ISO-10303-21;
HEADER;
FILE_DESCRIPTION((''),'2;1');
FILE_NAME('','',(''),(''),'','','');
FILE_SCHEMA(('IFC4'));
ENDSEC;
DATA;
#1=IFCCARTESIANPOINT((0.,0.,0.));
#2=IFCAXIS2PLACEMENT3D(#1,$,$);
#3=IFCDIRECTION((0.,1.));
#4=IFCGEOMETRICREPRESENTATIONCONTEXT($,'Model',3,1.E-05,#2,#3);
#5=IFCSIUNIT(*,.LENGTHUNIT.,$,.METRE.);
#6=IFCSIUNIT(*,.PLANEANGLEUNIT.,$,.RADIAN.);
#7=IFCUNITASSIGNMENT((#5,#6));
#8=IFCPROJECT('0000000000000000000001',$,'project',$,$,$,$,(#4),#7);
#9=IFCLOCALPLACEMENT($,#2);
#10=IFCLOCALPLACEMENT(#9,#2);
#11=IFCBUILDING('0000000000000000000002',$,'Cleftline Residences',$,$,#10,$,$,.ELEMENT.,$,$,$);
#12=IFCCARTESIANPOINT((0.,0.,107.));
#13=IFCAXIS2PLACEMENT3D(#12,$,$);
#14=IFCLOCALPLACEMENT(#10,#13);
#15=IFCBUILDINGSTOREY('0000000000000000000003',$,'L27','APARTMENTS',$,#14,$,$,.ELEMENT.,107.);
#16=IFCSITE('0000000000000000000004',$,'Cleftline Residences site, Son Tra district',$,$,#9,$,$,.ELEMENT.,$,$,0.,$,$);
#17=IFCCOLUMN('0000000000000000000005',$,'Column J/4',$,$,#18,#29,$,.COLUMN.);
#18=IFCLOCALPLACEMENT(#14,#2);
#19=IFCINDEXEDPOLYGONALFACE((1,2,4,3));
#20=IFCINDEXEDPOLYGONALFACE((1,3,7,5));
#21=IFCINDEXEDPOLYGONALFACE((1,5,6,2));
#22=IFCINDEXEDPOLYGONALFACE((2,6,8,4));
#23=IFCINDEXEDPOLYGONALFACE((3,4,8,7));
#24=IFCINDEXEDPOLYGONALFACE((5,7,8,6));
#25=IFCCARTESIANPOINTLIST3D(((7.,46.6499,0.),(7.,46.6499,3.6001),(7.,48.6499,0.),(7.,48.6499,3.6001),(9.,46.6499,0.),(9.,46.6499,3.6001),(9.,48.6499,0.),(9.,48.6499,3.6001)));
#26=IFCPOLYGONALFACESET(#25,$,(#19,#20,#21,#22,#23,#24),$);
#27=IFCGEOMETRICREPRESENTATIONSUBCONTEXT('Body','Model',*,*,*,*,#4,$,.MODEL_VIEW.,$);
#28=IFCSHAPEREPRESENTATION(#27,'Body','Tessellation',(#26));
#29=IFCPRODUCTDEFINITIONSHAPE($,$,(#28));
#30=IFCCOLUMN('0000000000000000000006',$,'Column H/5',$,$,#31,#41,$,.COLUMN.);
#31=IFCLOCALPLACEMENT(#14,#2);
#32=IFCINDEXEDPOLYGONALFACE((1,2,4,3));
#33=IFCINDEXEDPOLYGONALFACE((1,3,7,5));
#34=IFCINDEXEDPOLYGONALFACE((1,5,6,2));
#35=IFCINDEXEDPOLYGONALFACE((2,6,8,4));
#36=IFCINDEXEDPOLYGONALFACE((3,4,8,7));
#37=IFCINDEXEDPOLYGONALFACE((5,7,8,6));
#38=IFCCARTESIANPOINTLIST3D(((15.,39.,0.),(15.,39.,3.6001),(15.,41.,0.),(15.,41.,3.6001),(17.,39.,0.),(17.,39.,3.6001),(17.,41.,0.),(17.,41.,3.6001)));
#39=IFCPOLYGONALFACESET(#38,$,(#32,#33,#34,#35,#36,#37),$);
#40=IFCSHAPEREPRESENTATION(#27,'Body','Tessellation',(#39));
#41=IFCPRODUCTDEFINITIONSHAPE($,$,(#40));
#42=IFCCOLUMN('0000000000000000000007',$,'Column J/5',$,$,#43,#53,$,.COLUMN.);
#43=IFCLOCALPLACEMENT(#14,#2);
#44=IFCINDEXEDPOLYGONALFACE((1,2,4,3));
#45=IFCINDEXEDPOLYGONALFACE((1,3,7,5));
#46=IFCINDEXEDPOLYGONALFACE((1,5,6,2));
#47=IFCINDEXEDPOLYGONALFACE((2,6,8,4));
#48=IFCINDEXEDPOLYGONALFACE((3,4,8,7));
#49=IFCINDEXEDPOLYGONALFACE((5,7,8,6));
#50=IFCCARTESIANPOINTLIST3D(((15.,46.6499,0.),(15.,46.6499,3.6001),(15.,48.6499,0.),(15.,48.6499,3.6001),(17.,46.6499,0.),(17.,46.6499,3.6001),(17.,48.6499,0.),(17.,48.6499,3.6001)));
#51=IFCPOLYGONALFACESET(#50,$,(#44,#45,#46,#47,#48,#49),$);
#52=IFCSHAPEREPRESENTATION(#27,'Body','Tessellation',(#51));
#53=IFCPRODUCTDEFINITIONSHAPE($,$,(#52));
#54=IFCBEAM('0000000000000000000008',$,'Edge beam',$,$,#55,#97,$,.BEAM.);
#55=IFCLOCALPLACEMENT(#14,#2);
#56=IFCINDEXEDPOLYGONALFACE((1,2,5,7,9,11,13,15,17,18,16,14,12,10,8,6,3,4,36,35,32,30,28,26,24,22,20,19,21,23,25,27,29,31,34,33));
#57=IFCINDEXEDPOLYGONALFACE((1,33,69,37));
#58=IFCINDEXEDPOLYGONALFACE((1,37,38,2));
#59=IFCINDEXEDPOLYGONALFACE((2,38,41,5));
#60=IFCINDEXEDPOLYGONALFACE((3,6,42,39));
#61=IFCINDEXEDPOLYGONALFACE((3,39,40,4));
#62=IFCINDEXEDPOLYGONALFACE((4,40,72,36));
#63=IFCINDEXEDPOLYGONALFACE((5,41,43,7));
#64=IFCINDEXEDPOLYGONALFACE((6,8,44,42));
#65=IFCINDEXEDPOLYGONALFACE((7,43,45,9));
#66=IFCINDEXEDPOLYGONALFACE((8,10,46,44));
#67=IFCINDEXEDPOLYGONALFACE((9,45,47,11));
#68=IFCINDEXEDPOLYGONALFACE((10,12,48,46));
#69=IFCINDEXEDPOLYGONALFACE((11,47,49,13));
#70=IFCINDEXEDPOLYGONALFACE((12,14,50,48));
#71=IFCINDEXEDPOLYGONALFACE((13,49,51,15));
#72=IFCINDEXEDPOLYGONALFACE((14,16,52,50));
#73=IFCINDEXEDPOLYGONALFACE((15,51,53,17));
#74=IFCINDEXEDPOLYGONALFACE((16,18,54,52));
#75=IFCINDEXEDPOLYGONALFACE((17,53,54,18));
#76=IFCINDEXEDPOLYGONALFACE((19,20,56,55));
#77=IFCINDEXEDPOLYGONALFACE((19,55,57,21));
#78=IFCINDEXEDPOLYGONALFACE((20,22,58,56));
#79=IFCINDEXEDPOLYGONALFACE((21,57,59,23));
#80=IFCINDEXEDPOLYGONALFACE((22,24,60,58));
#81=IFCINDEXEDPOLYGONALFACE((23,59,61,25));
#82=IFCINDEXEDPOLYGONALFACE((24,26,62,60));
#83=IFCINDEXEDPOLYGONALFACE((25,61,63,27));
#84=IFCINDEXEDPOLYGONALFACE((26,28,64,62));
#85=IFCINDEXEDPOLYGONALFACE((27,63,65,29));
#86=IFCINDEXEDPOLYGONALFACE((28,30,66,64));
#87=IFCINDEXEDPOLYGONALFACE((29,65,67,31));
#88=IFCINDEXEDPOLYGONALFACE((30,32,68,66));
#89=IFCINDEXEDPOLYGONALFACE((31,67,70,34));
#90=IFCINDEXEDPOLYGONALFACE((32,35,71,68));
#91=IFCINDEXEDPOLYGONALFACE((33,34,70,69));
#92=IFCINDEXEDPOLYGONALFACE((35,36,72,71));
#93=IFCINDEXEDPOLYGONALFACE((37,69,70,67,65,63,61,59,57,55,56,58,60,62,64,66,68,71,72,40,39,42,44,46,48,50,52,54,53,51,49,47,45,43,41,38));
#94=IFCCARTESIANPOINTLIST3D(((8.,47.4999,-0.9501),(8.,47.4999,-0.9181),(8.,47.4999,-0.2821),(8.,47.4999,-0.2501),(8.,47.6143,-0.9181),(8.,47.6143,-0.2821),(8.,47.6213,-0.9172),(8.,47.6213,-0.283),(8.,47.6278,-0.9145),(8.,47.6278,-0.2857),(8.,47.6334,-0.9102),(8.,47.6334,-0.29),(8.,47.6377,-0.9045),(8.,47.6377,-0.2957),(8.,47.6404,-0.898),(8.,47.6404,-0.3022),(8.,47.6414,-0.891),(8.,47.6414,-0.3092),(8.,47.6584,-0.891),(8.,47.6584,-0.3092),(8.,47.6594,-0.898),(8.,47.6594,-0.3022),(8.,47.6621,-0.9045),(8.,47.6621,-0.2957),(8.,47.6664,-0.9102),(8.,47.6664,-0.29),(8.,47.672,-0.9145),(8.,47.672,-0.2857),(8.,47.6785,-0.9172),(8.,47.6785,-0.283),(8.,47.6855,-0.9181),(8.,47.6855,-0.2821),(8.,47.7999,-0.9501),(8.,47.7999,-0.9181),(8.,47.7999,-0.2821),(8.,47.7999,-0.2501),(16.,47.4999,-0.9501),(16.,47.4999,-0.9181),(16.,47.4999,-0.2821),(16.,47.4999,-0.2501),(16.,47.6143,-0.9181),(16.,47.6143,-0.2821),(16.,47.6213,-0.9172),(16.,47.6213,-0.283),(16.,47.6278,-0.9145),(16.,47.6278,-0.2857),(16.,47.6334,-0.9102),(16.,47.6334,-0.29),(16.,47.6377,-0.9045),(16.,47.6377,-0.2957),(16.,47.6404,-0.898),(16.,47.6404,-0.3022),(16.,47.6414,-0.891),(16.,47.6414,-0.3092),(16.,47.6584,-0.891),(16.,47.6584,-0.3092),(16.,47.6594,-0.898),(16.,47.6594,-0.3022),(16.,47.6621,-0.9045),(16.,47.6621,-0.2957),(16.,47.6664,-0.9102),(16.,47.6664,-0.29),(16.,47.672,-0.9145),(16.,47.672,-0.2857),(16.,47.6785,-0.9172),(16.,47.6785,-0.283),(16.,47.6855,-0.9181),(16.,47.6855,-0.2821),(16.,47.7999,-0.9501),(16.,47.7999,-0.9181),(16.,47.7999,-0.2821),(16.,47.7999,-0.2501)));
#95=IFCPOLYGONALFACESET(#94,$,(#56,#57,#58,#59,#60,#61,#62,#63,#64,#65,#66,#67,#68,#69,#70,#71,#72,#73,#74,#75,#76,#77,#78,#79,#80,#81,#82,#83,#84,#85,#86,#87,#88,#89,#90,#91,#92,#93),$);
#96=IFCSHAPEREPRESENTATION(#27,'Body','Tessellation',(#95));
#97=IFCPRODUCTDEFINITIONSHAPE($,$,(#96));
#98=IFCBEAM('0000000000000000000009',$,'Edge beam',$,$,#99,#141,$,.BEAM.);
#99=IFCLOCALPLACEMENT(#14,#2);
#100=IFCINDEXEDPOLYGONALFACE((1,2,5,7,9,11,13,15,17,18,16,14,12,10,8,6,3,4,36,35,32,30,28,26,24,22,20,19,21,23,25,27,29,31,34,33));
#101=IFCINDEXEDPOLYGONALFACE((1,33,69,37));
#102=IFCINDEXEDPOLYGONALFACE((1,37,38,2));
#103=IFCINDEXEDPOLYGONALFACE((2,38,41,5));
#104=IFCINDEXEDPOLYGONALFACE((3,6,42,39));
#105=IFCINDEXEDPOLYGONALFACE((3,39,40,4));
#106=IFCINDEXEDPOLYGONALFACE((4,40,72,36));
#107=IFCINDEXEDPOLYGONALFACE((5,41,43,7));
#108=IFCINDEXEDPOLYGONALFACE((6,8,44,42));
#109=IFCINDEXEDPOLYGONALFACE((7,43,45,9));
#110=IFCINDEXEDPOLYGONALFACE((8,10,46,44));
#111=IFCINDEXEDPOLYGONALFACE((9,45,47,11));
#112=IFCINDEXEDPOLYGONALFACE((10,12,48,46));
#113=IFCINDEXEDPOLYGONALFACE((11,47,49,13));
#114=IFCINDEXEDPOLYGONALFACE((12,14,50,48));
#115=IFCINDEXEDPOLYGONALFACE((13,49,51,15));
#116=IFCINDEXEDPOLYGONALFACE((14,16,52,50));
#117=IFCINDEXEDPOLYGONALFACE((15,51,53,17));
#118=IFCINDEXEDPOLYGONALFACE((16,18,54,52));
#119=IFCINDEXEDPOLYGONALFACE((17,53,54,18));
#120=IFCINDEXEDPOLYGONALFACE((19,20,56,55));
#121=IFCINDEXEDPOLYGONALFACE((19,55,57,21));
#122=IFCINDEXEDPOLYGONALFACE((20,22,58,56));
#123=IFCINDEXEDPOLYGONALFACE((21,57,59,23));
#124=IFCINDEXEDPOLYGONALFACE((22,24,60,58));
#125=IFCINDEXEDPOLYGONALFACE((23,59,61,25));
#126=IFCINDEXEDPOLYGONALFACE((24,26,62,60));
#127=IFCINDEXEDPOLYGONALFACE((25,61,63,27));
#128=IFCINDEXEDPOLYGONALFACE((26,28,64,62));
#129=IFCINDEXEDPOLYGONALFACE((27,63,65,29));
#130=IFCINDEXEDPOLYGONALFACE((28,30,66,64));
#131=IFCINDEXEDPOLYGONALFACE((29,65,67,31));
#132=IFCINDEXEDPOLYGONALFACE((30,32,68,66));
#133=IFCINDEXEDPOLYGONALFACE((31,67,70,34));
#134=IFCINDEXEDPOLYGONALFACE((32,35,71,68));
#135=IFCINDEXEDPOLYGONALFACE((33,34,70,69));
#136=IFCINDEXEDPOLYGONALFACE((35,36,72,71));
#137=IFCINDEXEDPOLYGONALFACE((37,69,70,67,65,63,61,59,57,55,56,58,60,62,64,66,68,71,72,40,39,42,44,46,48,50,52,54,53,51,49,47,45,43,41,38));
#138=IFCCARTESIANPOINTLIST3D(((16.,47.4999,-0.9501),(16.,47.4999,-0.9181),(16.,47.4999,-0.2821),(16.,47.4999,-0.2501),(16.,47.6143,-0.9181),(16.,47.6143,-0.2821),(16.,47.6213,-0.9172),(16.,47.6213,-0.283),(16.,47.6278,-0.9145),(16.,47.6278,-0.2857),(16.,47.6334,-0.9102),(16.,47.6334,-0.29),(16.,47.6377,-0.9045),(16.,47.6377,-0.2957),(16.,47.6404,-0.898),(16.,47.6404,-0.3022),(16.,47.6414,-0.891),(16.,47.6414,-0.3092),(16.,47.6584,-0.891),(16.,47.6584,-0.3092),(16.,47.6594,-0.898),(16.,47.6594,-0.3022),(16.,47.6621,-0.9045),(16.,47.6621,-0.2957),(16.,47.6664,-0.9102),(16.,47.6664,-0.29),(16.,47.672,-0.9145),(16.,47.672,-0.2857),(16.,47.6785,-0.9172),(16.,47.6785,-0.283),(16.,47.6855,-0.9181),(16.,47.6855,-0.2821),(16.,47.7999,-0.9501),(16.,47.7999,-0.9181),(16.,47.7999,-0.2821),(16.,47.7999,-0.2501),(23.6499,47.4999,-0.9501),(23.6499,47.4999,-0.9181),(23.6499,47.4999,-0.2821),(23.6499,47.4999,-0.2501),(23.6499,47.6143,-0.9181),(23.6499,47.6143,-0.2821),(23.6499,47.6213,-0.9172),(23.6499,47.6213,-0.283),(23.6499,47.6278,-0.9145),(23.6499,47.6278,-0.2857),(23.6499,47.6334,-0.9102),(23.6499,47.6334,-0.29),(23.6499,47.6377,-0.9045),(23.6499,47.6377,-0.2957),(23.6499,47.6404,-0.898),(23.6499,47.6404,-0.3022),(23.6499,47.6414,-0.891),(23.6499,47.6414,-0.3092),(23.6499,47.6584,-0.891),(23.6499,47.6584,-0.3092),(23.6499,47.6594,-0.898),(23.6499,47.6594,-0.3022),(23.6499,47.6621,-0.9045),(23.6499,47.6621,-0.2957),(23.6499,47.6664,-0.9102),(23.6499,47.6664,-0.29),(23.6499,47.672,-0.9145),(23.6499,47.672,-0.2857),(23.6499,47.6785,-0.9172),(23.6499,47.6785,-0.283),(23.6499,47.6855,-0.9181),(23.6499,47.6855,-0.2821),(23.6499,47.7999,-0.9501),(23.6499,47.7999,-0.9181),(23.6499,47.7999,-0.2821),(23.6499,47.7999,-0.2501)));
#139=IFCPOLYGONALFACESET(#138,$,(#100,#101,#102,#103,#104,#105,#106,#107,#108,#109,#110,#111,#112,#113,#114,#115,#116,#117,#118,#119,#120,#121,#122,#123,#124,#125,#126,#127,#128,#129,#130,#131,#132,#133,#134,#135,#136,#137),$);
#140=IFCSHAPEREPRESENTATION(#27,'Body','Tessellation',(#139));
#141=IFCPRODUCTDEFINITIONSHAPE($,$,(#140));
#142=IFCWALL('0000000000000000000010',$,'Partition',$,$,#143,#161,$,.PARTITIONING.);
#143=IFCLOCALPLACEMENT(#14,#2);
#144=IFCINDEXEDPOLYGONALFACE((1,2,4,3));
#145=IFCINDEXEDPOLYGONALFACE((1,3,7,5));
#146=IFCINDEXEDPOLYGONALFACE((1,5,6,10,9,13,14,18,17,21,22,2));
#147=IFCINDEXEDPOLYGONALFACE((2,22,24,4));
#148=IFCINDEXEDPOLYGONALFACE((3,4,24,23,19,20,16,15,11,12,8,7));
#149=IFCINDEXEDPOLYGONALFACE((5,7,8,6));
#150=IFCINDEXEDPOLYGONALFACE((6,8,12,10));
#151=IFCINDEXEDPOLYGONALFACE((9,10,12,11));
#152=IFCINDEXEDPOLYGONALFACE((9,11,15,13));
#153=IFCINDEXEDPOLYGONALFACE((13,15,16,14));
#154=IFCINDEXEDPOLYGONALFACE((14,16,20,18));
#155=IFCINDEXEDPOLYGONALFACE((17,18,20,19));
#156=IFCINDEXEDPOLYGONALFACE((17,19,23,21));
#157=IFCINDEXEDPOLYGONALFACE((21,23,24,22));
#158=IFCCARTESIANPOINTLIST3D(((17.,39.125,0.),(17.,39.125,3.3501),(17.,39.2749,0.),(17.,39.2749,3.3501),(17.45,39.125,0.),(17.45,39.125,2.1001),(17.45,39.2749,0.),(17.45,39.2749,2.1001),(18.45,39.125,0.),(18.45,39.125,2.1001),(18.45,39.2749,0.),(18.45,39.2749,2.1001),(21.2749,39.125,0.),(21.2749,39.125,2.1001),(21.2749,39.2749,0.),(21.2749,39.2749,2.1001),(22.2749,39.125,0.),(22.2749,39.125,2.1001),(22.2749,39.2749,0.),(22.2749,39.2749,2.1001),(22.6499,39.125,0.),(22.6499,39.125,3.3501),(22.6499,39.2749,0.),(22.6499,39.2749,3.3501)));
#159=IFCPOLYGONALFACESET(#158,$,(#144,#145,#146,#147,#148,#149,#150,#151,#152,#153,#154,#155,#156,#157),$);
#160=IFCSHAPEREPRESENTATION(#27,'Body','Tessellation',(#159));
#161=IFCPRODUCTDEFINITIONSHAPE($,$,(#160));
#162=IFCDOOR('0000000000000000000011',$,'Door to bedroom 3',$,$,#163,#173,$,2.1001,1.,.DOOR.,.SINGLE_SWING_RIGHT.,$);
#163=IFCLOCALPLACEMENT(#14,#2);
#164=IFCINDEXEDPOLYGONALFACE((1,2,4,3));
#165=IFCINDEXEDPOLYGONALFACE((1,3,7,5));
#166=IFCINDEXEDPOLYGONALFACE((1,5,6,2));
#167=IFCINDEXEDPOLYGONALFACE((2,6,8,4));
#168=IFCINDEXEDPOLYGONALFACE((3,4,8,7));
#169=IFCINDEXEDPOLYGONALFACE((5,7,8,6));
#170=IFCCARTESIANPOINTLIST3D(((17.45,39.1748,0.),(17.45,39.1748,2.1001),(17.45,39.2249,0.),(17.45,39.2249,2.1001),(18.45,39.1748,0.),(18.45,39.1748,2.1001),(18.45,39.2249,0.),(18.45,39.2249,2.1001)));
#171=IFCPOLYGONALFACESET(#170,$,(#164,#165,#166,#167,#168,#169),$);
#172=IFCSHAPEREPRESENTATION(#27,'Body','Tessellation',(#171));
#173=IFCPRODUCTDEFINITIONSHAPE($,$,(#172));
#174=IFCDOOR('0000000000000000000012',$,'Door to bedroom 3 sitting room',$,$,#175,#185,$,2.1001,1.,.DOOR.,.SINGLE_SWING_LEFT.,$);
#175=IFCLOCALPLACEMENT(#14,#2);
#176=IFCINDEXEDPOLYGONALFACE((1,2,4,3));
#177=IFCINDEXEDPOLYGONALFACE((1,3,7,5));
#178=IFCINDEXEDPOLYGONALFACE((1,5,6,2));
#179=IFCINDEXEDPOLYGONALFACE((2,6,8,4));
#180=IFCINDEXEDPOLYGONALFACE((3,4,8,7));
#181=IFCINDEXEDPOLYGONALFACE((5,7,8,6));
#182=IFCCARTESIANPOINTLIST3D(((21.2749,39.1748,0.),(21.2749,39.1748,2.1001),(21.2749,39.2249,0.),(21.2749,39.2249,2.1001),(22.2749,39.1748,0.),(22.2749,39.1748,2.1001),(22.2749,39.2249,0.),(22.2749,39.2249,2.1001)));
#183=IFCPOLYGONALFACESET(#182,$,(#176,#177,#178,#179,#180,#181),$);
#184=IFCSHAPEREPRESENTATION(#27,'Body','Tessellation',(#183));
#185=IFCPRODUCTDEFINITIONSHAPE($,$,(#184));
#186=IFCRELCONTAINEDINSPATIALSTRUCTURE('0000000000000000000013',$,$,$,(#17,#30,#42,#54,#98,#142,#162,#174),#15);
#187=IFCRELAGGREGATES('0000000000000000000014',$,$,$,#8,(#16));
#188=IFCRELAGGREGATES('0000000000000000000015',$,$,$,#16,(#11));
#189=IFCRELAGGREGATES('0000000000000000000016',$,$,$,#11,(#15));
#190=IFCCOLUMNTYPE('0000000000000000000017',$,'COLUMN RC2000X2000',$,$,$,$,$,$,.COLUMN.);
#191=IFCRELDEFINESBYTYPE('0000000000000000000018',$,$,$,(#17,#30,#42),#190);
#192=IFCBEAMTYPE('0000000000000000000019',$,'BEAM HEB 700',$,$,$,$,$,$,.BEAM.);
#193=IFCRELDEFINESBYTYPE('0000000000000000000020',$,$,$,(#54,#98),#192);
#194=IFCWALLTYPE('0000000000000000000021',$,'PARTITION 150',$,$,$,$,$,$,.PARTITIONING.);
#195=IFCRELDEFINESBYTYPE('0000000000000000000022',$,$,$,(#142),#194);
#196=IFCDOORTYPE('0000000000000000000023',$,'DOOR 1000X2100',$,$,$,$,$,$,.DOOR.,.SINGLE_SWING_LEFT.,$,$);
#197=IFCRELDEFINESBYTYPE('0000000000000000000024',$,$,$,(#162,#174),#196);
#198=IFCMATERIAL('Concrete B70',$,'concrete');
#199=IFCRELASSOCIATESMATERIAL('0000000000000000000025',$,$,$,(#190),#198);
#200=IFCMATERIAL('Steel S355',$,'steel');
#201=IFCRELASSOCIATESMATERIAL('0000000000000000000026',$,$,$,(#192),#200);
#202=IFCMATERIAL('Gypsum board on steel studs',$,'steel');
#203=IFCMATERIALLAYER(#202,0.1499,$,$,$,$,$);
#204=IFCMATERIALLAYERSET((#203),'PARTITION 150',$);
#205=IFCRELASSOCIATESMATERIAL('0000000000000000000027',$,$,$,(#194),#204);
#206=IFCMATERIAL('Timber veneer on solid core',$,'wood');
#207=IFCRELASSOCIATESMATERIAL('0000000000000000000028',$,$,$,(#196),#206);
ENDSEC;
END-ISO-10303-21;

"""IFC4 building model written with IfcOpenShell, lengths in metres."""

from ifc_helpers import new_model, si_unit, direction, frame, frame_2d, origin, origin_2d, place, context, subcontext, project, spatial, rectangle, i_section, extrude, material, layer, layer_set, material_profile, profile_set, type_object, element, fill, save


model = new_model("IFC4")

# Units and contexts
model_context = context("Model", 3, precision=1e-05, world=origin(), true_north=direction((0.0, 1.0)))
body_context = subcontext(model_context, "Body", "Model", "MODEL_VIEW")
ifc_project = project(units=[si_unit("LENGTHUNIT", "METRE"), si_unit("PLANEANGLEUNIT", "RADIAN")], contexts=[model_context])

# Site, building, storey
site_placement = place(None, origin())
site = spatial("IfcSite", under=ifc_project, at=site_placement, Name="Cleftline Residences site, Son Tra district", CompositionType="ELEMENT", RefElevation=0.0)
building_placement = place(site_placement, origin())
building = spatial("IfcBuilding", under=site, at=building_placement, Name="Cleftline Residences", CompositionType="ELEMENT")
storey_placement = place(building_placement, frame((0.0, 0.0, 107.0)))
storey = spatial("IfcBuildingStorey", under=building, at=storey_placement, Name="L27", Description="APARTMENTS", CompositionType="ELEMENT", Elevation=107.0)

# Columns
ifc_material_1 = material(Name="Concrete B70", Category="concrete")
ifc_material_profile_1 = material_profile(ifc_material_1, rectangle(XDim=2.0, YDim=2.0, at=origin_2d()))
ifc_profile_set_1 = profile_set([ifc_material_profile_1], Name="Concrete B70")
column_type = type_object("IfcColumnType", Name="COLUMN RC2000X2000", PredefinedType="COLUMN", material=ifc_profile_set_1)
for number, where, z_axis, x_axis, name in (
    (1, (8.0, 47.6499, 0.0), (0.0, 0.0, 1.0), (1.0, 0.0, 0.0), "Column J/4"),
    (2, (16.0, 40.0, 0.0), (0.0, 0.0, 1.0), (1.0, 0.0, 0.0), "Column H/5"),
    (3, (16.0, 47.6499, 0.0), (0.0, 0.0, 1.0), (1.0, 0.0, 0.0), "Column J/5"),
):
    element("IfcColumn", number, at=place(storey_placement, frame(where, z_axis=z_axis, x_axis=x_axis)), inside=storey, type_object=column_type, Name=name, PredefinedType="COLUMN", context=body_context, shape_type="SweptSolid", body=[
        extrude(rectangle(XDim=2.0, YDim=2.0, at=origin_2d()), origin(), (0.0, 0.0, 1.0), 3.6001),
    ])

# Beams
ifc_material_2 = material(Name="Steel S355", Category="steel")
ifc_material_profile_2 = material_profile(ifc_material_2, i_section(OverallWidth=0.3, OverallDepth=0.7, WebThickness=0.0171, FlangeThickness=0.032, FilletRadius=0.0271, at=origin_2d()))
ifc_profile_set_2 = profile_set([ifc_material_profile_2], Name="Steel S355")
beam_type = type_object("IfcBeamType", Name="BEAM HEB 700", PredefinedType="BEAM", material=ifc_profile_set_2)
beam_1_placement = place(storey_placement, frame((8.0, 47.6499, -0.6001), z_axis=(1.0, 0.0, 0.0), x_axis=(0.0, 1.0, 0.0)))
element("IfcBeam", 4, at=beam_1_placement, inside=storey, type_object=beam_type, Name="Edge beam", PredefinedType="BEAM", context=body_context, shape_type="SweptSolid", body=[
    extrude(i_section(OverallWidth=0.3, OverallDepth=0.7, WebThickness=0.0171, FlangeThickness=0.032, FilletRadius=0.0271, at=origin_2d()), origin(), (0.0, 0.0, 1.0), 8.0),
])
beam_2_placement = place(storey_placement, frame((16.0, 47.6499, -0.6001), z_axis=(1.0, 0.0, 0.0), x_axis=(0.0, 1.0, 0.0)))
element("IfcBeam", 5, at=beam_2_placement, inside=storey, type_object=beam_type, Name="Edge beam", PredefinedType="BEAM", context=body_context, shape_type="SweptSolid", body=[
    extrude(i_section(OverallWidth=0.3, OverallDepth=0.7, WebThickness=0.0171, FlangeThickness=0.032, FilletRadius=0.0271, at=origin_2d()), origin(), (0.0, 0.0, 1.0), 7.6499),
])

# Wall, openings, doors
ifc_material_3 = material(Name="Gypsum board on steel studs", Category="steel")
ifc_layer = layer(ifc_material_3, 0.1499)
ifc_layer_set = layer_set([ifc_layer], Name="PARTITION 150")
wall_type = type_object("IfcWallType", Name="PARTITION 150", PredefinedType="PARTITIONING", material=ifc_layer_set)
wall_1_placement = place(storey_placement, frame((17.0, 39.2, 0.0), z_axis=(0.0, 0.0, 1.0), x_axis=(1.0, 0.0, 0.0)))
wall_1 = element("IfcWall", 6, at=wall_1_placement, inside=storey, type_object=wall_type, Name="Partition", PredefinedType="PARTITIONING", context=body_context, shape_type="SweptSolid", body=[
    extrude(rectangle(XDim=5.6499, YDim=0.1499, at=frame_2d((2.825, 0.0))), origin(), (0.0, 0.0, 1.0), 3.3501),
])
opening_1_placement = place(wall_1_placement, frame((0.45, 0.0, 0.0)))
opening_1 = element("IfcOpeningElement", 7, at=opening_1_placement, cuts=wall_1, PredefinedType="OPENING", context=body_context, shape_type="SweptSolid", body=[
    extrude(rectangle(XDim=1.0, YDim=2.1001, at=frame_2d((0.5, 1.05))), frame((0.0, 0.085, 0.0), z_axis=(0.0, -1.0, 0.0), x_axis=(1.0, 0.0, 0.0)), (0.0, 0.0, 1.0), 0.1699),
])
opening_2_placement = place(wall_1_placement, frame((4.2749, 0.0, 0.0)))
opening_2 = element("IfcOpeningElement", 8, at=opening_2_placement, cuts=wall_1, PredefinedType="OPENING", context=body_context, shape_type="SweptSolid", body=[
    extrude(rectangle(XDim=1.0, YDim=2.1001, at=frame_2d((0.5, 1.05))), frame((0.0, 0.085, 0.0), z_axis=(0.0, -1.0, 0.0), x_axis=(1.0, 0.0, 0.0)), (0.0, 0.0, 1.0), 0.1699),
])
ifc_material_4 = material(Name="Timber veneer on solid core", Category="wood")
door_type_1 = type_object("IfcDoorType", Name="DOOR 1000X2100", OperationType="SINGLE_SWING_LEFT", PredefinedType="DOOR", material=ifc_material_4)
door_1_placement = place(opening_1_placement, origin())
door_1 = element("IfcDoor", 9, at=door_1_placement, inside=storey, type_object=door_type_1, Name="Door to bedroom 3", OperationType="SINGLE_SWING_RIGHT", OverallHeight=2.1001, OverallWidth=1.0, PredefinedType="DOOR", context=body_context, shape_type="SweptSolid", body=[
    extrude(rectangle(XDim=1.0, YDim=2.1001, at=frame_2d((0.5, 1.05))), frame((0.0, 0.0249, 0.0), z_axis=(0.0, -1.0, 0.0), x_axis=(1.0, 0.0, 0.0)), (0.0, 0.0, 1.0), 0.05),
])
fill(opening_1, door_1)
door_2_placement = place(opening_2_placement, origin())
door_2 = element("IfcDoor", 10, at=door_2_placement, inside=storey, type_object=door_type_1, Name="Door to bedroom 3 sitting room", OperationType="SINGLE_SWING_LEFT", OverallHeight=2.1001, OverallWidth=1.0, PredefinedType="DOOR", context=body_context, shape_type="SweptSolid", body=[
    extrude(rectangle(XDim=1.0, YDim=2.1001, at=frame_2d((0.5, 1.05))), frame((0.0, 0.0249, 0.0), z_axis=(0.0, -1.0, 0.0), x_axis=(1.0, 0.0, 0.0)), (0.0, 0.0, 1.0), 0.05),
])
fill(opening_2, door_2)

save(model, "model.ifc")
